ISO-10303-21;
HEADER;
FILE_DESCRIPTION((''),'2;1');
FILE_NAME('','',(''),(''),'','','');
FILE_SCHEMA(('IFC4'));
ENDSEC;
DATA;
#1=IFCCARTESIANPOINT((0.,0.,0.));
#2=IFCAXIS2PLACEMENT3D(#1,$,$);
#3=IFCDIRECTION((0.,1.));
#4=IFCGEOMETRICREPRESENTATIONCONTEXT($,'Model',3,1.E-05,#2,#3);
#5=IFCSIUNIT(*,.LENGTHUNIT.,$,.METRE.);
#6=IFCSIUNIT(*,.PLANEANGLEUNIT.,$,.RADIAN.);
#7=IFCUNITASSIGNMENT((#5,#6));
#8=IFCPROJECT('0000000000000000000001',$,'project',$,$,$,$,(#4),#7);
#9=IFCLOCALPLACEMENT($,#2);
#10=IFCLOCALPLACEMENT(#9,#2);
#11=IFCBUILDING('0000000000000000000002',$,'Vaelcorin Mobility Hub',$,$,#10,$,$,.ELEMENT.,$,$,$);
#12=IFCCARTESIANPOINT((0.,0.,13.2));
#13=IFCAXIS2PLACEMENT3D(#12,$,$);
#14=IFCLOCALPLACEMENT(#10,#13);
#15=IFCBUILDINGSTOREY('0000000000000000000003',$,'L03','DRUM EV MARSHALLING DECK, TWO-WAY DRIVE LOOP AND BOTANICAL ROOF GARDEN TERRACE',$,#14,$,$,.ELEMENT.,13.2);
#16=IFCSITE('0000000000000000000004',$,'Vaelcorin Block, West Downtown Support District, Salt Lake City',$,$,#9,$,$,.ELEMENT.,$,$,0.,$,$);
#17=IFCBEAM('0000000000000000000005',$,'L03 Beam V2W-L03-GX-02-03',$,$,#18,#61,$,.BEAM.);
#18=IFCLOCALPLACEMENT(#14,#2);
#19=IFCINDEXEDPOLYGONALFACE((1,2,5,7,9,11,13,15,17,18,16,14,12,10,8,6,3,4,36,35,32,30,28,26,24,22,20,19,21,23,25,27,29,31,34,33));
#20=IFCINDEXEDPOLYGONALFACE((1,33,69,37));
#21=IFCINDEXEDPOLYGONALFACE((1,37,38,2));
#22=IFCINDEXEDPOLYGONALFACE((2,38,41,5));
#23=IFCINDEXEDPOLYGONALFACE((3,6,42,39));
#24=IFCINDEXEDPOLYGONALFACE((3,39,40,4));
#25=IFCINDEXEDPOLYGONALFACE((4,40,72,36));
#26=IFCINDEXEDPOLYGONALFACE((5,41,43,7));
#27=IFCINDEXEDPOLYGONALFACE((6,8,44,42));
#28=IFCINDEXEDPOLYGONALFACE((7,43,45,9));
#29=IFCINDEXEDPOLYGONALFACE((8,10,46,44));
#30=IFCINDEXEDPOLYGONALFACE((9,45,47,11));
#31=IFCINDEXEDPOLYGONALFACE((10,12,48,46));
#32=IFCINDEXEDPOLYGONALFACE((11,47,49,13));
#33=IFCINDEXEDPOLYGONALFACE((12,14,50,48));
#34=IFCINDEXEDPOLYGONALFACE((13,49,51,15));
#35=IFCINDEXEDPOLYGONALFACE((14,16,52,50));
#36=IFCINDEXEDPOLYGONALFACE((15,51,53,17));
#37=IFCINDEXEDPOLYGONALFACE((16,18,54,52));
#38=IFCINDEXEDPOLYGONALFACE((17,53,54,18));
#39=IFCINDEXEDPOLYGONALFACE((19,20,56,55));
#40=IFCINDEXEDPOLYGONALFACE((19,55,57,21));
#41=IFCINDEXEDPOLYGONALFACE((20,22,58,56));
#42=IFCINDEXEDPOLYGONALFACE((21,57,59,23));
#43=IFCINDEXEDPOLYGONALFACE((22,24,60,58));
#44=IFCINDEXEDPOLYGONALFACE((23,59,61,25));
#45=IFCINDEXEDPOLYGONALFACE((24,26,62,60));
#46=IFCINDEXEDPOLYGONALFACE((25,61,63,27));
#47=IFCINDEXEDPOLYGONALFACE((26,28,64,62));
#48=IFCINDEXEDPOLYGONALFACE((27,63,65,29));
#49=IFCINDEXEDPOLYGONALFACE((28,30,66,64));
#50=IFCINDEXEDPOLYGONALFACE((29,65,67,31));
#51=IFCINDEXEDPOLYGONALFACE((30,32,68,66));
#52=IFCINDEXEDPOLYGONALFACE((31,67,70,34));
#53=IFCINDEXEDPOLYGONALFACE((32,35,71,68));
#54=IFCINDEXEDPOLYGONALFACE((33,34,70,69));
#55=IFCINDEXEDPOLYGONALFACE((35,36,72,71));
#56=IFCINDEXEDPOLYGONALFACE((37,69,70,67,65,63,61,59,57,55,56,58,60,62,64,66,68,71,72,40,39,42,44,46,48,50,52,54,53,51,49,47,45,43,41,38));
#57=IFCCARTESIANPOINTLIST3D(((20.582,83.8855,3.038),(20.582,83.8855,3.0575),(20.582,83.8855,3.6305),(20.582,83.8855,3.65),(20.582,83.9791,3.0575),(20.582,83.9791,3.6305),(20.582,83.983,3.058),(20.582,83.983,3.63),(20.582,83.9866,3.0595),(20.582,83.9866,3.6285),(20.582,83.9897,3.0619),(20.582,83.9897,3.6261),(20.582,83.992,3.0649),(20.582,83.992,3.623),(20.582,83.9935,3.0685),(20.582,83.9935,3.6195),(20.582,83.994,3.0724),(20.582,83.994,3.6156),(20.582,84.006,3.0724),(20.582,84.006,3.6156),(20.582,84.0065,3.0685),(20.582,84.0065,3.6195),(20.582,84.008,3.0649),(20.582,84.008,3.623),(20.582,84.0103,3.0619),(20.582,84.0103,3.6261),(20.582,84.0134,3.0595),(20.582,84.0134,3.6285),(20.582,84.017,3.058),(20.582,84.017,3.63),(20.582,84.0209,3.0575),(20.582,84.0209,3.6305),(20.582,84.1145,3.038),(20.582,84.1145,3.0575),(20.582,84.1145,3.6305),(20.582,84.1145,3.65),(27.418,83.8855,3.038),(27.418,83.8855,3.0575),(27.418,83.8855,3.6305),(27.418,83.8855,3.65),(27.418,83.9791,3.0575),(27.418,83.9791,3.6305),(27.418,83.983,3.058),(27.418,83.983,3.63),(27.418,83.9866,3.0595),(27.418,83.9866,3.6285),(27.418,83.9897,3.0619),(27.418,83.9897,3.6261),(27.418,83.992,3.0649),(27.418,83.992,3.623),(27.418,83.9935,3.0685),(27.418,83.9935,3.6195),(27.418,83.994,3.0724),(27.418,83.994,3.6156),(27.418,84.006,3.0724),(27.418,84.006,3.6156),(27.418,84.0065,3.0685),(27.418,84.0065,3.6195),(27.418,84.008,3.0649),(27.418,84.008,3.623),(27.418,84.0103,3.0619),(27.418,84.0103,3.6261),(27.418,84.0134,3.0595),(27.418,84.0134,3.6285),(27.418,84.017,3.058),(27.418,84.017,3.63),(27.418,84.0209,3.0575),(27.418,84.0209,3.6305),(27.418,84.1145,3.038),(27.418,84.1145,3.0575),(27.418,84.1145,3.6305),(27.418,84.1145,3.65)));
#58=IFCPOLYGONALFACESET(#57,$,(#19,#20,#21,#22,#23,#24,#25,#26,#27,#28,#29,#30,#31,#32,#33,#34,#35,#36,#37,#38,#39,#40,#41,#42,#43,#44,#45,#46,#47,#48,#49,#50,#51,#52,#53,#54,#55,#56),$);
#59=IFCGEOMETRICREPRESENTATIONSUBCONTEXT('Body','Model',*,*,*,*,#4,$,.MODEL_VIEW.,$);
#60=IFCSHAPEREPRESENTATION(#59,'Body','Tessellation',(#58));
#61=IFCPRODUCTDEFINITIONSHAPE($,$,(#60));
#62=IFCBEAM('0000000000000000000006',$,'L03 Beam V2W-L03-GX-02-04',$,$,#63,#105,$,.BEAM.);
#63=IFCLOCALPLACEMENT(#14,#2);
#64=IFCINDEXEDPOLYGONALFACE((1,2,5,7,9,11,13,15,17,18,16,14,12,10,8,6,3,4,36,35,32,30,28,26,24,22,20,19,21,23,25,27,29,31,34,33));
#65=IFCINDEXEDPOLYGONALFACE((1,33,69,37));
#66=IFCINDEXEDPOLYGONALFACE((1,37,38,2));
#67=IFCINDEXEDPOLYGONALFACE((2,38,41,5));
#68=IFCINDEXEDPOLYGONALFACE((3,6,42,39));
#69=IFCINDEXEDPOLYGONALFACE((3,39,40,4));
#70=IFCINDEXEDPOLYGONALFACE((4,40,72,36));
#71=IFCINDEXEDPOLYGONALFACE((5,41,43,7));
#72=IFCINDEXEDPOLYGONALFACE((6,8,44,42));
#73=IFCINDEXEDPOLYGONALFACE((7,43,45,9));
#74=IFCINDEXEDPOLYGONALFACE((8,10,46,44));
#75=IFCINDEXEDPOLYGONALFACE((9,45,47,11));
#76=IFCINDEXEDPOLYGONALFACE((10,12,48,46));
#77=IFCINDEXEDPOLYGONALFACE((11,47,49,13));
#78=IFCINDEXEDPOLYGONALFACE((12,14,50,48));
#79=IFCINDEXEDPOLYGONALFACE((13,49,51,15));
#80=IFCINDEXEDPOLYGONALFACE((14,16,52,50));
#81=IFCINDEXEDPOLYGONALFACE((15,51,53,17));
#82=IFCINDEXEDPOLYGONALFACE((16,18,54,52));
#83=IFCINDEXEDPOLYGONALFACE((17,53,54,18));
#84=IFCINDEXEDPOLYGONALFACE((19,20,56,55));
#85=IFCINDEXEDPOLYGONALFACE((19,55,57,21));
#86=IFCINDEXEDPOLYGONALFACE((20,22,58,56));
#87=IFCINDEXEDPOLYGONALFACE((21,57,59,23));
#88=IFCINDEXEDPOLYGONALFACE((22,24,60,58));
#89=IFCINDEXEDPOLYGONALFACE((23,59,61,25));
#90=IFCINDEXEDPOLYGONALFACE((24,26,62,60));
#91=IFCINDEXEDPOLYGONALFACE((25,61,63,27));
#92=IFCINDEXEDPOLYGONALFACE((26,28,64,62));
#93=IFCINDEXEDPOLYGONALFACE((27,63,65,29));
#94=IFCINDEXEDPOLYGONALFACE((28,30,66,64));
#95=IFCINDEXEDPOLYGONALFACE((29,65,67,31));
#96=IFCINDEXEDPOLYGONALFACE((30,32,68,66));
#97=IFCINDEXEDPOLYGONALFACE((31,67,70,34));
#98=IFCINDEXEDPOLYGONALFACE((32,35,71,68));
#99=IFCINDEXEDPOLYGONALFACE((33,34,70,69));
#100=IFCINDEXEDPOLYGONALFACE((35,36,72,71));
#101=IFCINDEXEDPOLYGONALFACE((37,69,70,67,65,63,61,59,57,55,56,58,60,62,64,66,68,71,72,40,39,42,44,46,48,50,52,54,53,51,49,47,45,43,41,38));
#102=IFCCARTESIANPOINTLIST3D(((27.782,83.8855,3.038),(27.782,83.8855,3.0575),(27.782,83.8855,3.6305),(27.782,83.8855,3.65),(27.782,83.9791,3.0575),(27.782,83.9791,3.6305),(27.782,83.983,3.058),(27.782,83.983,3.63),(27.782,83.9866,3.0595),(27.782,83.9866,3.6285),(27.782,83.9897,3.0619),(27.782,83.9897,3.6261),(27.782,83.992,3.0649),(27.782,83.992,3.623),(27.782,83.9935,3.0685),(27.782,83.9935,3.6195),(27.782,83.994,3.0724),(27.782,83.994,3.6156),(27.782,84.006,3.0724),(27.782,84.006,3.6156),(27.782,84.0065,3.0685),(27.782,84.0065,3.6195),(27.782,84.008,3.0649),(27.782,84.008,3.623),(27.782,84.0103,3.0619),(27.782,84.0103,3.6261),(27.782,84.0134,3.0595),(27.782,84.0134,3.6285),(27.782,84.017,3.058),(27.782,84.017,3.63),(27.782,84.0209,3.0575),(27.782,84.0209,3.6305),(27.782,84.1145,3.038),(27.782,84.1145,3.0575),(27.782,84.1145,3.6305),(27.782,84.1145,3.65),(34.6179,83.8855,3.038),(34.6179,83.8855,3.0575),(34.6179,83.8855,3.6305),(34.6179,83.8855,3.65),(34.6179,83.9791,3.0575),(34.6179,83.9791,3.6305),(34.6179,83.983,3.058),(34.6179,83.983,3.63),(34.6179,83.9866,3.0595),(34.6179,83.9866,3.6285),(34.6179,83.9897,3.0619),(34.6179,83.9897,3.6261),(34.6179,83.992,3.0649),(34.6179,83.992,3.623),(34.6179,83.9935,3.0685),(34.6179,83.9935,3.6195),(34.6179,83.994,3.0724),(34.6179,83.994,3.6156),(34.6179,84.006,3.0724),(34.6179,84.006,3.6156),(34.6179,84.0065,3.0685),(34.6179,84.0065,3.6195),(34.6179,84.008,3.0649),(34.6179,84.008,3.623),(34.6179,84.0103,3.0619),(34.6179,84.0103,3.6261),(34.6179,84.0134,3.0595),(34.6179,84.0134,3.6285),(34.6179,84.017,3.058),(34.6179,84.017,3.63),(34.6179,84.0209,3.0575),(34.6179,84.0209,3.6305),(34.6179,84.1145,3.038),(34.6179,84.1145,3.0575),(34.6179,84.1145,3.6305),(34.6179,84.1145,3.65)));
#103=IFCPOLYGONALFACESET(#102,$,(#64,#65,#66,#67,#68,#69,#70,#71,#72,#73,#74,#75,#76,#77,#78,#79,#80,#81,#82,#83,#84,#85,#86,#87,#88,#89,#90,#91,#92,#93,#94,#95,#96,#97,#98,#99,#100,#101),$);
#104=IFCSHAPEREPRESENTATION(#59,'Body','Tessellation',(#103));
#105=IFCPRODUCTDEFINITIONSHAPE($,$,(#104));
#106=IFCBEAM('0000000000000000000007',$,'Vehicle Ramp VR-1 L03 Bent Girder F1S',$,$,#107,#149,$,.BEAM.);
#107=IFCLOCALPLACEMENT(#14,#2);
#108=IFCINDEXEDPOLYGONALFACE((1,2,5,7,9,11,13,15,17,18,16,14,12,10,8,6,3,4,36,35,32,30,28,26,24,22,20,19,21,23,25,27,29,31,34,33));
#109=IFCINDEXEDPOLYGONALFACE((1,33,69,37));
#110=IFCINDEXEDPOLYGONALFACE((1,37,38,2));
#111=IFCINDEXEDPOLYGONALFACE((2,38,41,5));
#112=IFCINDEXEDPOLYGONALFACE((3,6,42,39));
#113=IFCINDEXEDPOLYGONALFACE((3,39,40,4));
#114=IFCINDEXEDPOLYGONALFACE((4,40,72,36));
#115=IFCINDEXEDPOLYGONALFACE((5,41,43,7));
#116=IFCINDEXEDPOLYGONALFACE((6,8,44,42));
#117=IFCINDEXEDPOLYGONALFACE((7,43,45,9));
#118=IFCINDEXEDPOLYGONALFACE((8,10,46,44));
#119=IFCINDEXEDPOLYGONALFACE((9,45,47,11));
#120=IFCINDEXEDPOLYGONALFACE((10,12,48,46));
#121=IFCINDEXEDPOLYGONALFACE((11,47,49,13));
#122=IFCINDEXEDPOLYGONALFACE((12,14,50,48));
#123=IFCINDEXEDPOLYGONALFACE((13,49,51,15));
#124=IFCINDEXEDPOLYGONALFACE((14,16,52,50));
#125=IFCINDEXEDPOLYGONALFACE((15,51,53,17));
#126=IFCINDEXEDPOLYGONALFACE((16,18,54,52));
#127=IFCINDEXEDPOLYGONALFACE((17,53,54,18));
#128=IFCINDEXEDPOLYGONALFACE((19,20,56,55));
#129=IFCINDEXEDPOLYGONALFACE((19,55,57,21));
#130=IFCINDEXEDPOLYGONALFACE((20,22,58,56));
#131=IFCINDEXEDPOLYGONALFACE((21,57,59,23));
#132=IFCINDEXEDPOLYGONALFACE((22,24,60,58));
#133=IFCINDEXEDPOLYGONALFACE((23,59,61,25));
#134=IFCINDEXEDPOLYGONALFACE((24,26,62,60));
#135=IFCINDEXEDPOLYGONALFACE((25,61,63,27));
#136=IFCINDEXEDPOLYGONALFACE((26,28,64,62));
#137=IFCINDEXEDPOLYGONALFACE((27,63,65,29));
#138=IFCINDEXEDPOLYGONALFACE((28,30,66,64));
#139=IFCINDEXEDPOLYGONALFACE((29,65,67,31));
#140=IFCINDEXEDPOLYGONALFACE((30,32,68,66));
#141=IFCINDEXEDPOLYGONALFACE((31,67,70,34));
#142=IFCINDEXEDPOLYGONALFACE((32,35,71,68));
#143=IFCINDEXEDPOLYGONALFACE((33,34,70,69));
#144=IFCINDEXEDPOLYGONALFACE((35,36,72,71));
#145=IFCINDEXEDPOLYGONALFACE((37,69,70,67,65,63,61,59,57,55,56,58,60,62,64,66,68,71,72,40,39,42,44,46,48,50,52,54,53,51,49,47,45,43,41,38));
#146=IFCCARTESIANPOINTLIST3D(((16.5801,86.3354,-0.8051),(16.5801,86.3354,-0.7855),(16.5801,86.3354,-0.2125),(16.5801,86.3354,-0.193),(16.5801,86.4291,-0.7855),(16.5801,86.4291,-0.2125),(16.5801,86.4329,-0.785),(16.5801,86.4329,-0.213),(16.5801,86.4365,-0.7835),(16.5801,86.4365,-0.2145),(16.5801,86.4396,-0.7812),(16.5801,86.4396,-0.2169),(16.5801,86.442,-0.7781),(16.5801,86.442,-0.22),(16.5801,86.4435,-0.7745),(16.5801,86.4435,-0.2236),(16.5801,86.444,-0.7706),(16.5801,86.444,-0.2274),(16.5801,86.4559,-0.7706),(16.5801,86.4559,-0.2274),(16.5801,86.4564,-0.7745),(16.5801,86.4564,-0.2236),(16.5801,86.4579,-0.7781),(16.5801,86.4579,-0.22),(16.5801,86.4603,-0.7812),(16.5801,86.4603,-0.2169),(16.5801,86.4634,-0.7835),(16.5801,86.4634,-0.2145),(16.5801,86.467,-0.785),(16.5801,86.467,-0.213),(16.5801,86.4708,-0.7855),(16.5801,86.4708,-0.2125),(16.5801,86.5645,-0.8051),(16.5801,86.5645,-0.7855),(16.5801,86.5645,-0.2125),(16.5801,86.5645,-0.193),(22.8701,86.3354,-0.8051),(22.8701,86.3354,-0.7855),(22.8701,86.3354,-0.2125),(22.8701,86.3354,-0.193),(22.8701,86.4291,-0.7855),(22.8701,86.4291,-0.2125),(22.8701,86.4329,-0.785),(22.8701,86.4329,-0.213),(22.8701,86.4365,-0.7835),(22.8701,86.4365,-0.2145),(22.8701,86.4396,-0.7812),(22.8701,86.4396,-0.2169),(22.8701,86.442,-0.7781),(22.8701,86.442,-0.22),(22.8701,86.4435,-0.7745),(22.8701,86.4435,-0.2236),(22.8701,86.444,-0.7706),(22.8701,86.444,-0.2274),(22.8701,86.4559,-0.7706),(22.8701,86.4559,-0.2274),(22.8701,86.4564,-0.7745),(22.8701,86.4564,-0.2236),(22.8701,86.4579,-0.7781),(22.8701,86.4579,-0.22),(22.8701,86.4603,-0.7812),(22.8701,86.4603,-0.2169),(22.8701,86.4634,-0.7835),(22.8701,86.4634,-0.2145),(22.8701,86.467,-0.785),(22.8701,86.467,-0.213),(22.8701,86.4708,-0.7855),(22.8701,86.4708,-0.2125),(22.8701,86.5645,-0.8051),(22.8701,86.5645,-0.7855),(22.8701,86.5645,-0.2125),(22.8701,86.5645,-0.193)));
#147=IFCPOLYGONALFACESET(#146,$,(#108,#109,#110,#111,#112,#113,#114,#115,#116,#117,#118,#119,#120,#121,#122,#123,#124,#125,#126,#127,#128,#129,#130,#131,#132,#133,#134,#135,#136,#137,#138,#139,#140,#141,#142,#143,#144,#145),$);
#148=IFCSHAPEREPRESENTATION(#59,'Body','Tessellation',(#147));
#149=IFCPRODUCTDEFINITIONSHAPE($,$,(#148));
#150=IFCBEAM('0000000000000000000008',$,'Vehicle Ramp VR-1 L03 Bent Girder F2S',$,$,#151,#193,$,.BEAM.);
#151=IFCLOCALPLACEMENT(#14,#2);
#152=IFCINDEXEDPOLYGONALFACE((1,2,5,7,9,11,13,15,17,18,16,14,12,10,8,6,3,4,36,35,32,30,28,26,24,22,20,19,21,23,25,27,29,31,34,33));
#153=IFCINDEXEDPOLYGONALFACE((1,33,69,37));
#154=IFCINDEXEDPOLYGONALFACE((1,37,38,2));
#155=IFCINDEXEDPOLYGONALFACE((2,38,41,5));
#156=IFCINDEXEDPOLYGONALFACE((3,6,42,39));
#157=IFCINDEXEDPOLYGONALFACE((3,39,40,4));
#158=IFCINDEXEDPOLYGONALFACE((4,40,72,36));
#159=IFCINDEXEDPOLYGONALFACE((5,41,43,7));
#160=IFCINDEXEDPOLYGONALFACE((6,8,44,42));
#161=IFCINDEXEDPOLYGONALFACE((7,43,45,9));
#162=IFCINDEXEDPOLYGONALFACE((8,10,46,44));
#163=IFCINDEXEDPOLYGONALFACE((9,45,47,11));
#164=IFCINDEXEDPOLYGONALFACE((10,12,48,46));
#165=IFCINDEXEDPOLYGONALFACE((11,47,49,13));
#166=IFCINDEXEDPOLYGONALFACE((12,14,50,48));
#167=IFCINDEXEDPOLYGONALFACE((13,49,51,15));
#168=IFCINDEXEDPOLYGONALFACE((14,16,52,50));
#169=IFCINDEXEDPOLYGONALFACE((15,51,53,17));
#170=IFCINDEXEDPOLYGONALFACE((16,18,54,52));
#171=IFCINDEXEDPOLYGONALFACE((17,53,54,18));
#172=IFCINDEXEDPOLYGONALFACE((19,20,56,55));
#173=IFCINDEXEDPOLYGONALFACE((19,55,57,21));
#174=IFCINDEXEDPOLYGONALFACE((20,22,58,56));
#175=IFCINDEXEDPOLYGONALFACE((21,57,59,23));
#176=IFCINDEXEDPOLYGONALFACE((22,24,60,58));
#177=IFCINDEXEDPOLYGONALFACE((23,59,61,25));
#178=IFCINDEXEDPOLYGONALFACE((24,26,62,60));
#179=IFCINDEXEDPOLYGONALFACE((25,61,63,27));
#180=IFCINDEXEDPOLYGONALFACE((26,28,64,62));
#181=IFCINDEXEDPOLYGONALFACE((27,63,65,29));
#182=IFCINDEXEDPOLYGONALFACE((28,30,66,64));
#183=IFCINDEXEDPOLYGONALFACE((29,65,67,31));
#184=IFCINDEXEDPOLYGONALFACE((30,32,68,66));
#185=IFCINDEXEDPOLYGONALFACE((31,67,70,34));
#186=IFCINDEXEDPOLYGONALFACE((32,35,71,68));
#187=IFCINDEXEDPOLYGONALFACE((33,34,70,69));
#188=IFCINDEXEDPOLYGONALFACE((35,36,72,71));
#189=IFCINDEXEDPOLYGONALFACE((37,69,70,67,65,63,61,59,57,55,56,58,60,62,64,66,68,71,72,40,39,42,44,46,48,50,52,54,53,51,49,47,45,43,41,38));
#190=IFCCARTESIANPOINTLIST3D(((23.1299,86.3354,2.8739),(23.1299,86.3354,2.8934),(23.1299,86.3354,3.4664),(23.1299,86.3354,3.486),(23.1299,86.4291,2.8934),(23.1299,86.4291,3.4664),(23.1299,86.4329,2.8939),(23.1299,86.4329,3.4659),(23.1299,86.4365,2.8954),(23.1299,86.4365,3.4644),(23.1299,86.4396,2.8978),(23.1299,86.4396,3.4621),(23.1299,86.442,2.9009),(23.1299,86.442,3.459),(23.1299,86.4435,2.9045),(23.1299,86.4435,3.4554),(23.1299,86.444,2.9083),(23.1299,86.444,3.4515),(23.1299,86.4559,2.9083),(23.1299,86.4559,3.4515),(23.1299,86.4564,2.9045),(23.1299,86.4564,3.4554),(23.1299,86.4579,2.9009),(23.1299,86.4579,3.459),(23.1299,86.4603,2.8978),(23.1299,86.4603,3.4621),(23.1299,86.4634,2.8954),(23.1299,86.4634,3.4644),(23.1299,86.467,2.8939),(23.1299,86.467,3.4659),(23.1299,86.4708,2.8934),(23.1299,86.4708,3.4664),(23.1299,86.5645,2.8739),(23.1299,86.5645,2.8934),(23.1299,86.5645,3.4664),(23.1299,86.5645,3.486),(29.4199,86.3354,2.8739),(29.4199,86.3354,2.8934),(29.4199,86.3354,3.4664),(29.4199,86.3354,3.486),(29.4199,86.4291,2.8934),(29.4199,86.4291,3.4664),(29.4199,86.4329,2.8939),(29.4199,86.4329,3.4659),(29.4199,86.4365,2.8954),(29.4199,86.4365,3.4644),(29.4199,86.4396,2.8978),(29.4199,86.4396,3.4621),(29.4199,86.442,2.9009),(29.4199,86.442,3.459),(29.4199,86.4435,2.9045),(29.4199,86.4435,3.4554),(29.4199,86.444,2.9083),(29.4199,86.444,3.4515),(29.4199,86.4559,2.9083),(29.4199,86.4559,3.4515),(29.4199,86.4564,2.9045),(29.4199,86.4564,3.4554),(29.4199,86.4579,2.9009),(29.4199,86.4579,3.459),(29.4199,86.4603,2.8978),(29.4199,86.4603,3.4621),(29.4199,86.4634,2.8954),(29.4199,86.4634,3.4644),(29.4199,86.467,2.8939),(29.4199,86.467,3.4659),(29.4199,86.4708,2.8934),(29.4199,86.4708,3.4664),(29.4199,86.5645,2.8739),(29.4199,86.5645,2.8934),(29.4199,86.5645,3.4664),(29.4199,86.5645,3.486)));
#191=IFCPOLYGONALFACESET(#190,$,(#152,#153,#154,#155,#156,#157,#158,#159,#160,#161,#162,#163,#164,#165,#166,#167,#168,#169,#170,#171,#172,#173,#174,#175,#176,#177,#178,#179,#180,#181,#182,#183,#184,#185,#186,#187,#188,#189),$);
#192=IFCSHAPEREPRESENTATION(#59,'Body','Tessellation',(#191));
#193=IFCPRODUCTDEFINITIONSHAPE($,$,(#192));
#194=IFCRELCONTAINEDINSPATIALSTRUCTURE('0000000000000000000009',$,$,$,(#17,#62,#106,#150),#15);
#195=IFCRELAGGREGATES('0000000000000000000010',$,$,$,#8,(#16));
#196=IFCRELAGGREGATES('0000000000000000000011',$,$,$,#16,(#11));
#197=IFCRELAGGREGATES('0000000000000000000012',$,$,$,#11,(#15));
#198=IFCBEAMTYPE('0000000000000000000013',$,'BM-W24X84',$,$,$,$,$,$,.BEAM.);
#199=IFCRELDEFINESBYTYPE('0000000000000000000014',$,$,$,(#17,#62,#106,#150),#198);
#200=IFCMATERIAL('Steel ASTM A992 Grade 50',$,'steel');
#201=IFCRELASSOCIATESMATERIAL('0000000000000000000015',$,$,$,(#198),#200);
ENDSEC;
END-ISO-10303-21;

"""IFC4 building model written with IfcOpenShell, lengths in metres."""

from ifc_helpers import new_model, si_unit, direction, frame, origin, origin_2d, place, context, subcontext, project, spatial, i_section, extrude, material, material_profile, profile_set, type_object, element, save


model = new_model("IFC4")

# Units and contexts
model_context = context("Model", 3, precision=1e-05, world=origin(), true_north=direction((0.0, 1.0)))
body_context = subcontext(model_context, "Body", "Model", "MODEL_VIEW")
ifc_project = project(units=[si_unit("LENGTHUNIT", "METRE"), si_unit("PLANEANGLEUNIT", "RADIAN")], contexts=[model_context])

# Site, building, storey
site_placement = place(None, origin())
site = spatial("IfcSite", under=ifc_project, at=site_placement, Name="Vaelcorin Block, West Downtown Support District, Salt Lake City", CompositionType="ELEMENT", RefElevation=0.0)
building_placement = place(site_placement, origin())
building = spatial("IfcBuilding", under=site, at=building_placement, Name="Vaelcorin Mobility Hub", CompositionType="ELEMENT")
storey_placement = place(building_placement, frame((0.0, 0.0, 13.2)))
storey = spatial("IfcBuildingStorey", under=building, at=storey_placement, Name="L03", Description="DRUM EV MARSHALLING DECK, TWO-WAY DRIVE LOOP AND BOTANICAL ROOF GARDEN TERRACE", CompositionType="ELEMENT", Elevation=13.2)

# Shared definitions
ifc_material_1 = material(Name="Steel ASTM A992 Grade 50", Category="steel")

# Beams
ifc_material_profile_1 = material_profile(ifc_material_1, i_section(OverallWidth=0.229, OverallDepth=0.6121, WebThickness=0.012, FlangeThickness=0.0195, FilletRadius=0.0149, at=origin_2d()), Name="W24X84")
ifc_profile_set_1 = profile_set([ifc_material_profile_1], Name="Steel ASTM A992 Grade 50")
beam_type_1 = type_object("IfcBeamType", Name="BM-W24X84", PredefinedType="BEAM", material=ifc_profile_set_1)
for number, where, z_axis, x_axis, name in (
    (1, (20.582, 84.0, 3.344), (1.0, 0.0, 0.0), (0.0, 1.0, 0.0), "L03 Beam V2W-L03-GX-02-03"),
    (2, (27.782, 84.0, 3.344), (1.0, 0.0, 0.0), (0.0, 1.0, 0.0), "L03 Beam V2W-L03-GX-02-04"),
):
    element("IfcBeam", number, at=place(storey_placement, frame(where, z_axis=z_axis, x_axis=x_axis)), inside=storey, type_object=beam_type_1, Name=name, PredefinedType="BEAM", context=body_context, shape_type="SweptSolid", body=[
        extrude(i_section(OverallWidth=0.229, OverallDepth=0.6121, WebThickness=0.012, FlangeThickness=0.0195, FilletRadius=0.0149, at=origin_2d()), origin(), (0.0, 0.0, 1.0), 6.8359),
    ])
for number, where, z_axis, x_axis, name in (
    (3, (16.5801, 86.45, -0.499), (1.0, 0.0, 0.0), (0.0, 1.0, 0.0), "Vehicle Ramp VR-1 L03 Bent Girder F1S"),
    (4, (23.1299, 86.45, 3.1799), (1.0, 0.0, 0.0), (0.0, 1.0, 0.0), "Vehicle Ramp VR-1 L03 Bent Girder F2S"),
):
    element("IfcBeam", number, at=place(storey_placement, frame(where, z_axis=z_axis, x_axis=x_axis)), inside=storey, type_object=beam_type_1, Name=name, PredefinedType="BEAM", context=body_context, shape_type="SweptSolid", body=[
        extrude(i_section(OverallWidth=0.229, OverallDepth=0.6121, WebThickness=0.012, FlangeThickness=0.0195, FilletRadius=0.0149, at=origin_2d()), origin(), (0.0, 0.0, 1.0), 6.29),
    ])

save(model, "model.ifc")
